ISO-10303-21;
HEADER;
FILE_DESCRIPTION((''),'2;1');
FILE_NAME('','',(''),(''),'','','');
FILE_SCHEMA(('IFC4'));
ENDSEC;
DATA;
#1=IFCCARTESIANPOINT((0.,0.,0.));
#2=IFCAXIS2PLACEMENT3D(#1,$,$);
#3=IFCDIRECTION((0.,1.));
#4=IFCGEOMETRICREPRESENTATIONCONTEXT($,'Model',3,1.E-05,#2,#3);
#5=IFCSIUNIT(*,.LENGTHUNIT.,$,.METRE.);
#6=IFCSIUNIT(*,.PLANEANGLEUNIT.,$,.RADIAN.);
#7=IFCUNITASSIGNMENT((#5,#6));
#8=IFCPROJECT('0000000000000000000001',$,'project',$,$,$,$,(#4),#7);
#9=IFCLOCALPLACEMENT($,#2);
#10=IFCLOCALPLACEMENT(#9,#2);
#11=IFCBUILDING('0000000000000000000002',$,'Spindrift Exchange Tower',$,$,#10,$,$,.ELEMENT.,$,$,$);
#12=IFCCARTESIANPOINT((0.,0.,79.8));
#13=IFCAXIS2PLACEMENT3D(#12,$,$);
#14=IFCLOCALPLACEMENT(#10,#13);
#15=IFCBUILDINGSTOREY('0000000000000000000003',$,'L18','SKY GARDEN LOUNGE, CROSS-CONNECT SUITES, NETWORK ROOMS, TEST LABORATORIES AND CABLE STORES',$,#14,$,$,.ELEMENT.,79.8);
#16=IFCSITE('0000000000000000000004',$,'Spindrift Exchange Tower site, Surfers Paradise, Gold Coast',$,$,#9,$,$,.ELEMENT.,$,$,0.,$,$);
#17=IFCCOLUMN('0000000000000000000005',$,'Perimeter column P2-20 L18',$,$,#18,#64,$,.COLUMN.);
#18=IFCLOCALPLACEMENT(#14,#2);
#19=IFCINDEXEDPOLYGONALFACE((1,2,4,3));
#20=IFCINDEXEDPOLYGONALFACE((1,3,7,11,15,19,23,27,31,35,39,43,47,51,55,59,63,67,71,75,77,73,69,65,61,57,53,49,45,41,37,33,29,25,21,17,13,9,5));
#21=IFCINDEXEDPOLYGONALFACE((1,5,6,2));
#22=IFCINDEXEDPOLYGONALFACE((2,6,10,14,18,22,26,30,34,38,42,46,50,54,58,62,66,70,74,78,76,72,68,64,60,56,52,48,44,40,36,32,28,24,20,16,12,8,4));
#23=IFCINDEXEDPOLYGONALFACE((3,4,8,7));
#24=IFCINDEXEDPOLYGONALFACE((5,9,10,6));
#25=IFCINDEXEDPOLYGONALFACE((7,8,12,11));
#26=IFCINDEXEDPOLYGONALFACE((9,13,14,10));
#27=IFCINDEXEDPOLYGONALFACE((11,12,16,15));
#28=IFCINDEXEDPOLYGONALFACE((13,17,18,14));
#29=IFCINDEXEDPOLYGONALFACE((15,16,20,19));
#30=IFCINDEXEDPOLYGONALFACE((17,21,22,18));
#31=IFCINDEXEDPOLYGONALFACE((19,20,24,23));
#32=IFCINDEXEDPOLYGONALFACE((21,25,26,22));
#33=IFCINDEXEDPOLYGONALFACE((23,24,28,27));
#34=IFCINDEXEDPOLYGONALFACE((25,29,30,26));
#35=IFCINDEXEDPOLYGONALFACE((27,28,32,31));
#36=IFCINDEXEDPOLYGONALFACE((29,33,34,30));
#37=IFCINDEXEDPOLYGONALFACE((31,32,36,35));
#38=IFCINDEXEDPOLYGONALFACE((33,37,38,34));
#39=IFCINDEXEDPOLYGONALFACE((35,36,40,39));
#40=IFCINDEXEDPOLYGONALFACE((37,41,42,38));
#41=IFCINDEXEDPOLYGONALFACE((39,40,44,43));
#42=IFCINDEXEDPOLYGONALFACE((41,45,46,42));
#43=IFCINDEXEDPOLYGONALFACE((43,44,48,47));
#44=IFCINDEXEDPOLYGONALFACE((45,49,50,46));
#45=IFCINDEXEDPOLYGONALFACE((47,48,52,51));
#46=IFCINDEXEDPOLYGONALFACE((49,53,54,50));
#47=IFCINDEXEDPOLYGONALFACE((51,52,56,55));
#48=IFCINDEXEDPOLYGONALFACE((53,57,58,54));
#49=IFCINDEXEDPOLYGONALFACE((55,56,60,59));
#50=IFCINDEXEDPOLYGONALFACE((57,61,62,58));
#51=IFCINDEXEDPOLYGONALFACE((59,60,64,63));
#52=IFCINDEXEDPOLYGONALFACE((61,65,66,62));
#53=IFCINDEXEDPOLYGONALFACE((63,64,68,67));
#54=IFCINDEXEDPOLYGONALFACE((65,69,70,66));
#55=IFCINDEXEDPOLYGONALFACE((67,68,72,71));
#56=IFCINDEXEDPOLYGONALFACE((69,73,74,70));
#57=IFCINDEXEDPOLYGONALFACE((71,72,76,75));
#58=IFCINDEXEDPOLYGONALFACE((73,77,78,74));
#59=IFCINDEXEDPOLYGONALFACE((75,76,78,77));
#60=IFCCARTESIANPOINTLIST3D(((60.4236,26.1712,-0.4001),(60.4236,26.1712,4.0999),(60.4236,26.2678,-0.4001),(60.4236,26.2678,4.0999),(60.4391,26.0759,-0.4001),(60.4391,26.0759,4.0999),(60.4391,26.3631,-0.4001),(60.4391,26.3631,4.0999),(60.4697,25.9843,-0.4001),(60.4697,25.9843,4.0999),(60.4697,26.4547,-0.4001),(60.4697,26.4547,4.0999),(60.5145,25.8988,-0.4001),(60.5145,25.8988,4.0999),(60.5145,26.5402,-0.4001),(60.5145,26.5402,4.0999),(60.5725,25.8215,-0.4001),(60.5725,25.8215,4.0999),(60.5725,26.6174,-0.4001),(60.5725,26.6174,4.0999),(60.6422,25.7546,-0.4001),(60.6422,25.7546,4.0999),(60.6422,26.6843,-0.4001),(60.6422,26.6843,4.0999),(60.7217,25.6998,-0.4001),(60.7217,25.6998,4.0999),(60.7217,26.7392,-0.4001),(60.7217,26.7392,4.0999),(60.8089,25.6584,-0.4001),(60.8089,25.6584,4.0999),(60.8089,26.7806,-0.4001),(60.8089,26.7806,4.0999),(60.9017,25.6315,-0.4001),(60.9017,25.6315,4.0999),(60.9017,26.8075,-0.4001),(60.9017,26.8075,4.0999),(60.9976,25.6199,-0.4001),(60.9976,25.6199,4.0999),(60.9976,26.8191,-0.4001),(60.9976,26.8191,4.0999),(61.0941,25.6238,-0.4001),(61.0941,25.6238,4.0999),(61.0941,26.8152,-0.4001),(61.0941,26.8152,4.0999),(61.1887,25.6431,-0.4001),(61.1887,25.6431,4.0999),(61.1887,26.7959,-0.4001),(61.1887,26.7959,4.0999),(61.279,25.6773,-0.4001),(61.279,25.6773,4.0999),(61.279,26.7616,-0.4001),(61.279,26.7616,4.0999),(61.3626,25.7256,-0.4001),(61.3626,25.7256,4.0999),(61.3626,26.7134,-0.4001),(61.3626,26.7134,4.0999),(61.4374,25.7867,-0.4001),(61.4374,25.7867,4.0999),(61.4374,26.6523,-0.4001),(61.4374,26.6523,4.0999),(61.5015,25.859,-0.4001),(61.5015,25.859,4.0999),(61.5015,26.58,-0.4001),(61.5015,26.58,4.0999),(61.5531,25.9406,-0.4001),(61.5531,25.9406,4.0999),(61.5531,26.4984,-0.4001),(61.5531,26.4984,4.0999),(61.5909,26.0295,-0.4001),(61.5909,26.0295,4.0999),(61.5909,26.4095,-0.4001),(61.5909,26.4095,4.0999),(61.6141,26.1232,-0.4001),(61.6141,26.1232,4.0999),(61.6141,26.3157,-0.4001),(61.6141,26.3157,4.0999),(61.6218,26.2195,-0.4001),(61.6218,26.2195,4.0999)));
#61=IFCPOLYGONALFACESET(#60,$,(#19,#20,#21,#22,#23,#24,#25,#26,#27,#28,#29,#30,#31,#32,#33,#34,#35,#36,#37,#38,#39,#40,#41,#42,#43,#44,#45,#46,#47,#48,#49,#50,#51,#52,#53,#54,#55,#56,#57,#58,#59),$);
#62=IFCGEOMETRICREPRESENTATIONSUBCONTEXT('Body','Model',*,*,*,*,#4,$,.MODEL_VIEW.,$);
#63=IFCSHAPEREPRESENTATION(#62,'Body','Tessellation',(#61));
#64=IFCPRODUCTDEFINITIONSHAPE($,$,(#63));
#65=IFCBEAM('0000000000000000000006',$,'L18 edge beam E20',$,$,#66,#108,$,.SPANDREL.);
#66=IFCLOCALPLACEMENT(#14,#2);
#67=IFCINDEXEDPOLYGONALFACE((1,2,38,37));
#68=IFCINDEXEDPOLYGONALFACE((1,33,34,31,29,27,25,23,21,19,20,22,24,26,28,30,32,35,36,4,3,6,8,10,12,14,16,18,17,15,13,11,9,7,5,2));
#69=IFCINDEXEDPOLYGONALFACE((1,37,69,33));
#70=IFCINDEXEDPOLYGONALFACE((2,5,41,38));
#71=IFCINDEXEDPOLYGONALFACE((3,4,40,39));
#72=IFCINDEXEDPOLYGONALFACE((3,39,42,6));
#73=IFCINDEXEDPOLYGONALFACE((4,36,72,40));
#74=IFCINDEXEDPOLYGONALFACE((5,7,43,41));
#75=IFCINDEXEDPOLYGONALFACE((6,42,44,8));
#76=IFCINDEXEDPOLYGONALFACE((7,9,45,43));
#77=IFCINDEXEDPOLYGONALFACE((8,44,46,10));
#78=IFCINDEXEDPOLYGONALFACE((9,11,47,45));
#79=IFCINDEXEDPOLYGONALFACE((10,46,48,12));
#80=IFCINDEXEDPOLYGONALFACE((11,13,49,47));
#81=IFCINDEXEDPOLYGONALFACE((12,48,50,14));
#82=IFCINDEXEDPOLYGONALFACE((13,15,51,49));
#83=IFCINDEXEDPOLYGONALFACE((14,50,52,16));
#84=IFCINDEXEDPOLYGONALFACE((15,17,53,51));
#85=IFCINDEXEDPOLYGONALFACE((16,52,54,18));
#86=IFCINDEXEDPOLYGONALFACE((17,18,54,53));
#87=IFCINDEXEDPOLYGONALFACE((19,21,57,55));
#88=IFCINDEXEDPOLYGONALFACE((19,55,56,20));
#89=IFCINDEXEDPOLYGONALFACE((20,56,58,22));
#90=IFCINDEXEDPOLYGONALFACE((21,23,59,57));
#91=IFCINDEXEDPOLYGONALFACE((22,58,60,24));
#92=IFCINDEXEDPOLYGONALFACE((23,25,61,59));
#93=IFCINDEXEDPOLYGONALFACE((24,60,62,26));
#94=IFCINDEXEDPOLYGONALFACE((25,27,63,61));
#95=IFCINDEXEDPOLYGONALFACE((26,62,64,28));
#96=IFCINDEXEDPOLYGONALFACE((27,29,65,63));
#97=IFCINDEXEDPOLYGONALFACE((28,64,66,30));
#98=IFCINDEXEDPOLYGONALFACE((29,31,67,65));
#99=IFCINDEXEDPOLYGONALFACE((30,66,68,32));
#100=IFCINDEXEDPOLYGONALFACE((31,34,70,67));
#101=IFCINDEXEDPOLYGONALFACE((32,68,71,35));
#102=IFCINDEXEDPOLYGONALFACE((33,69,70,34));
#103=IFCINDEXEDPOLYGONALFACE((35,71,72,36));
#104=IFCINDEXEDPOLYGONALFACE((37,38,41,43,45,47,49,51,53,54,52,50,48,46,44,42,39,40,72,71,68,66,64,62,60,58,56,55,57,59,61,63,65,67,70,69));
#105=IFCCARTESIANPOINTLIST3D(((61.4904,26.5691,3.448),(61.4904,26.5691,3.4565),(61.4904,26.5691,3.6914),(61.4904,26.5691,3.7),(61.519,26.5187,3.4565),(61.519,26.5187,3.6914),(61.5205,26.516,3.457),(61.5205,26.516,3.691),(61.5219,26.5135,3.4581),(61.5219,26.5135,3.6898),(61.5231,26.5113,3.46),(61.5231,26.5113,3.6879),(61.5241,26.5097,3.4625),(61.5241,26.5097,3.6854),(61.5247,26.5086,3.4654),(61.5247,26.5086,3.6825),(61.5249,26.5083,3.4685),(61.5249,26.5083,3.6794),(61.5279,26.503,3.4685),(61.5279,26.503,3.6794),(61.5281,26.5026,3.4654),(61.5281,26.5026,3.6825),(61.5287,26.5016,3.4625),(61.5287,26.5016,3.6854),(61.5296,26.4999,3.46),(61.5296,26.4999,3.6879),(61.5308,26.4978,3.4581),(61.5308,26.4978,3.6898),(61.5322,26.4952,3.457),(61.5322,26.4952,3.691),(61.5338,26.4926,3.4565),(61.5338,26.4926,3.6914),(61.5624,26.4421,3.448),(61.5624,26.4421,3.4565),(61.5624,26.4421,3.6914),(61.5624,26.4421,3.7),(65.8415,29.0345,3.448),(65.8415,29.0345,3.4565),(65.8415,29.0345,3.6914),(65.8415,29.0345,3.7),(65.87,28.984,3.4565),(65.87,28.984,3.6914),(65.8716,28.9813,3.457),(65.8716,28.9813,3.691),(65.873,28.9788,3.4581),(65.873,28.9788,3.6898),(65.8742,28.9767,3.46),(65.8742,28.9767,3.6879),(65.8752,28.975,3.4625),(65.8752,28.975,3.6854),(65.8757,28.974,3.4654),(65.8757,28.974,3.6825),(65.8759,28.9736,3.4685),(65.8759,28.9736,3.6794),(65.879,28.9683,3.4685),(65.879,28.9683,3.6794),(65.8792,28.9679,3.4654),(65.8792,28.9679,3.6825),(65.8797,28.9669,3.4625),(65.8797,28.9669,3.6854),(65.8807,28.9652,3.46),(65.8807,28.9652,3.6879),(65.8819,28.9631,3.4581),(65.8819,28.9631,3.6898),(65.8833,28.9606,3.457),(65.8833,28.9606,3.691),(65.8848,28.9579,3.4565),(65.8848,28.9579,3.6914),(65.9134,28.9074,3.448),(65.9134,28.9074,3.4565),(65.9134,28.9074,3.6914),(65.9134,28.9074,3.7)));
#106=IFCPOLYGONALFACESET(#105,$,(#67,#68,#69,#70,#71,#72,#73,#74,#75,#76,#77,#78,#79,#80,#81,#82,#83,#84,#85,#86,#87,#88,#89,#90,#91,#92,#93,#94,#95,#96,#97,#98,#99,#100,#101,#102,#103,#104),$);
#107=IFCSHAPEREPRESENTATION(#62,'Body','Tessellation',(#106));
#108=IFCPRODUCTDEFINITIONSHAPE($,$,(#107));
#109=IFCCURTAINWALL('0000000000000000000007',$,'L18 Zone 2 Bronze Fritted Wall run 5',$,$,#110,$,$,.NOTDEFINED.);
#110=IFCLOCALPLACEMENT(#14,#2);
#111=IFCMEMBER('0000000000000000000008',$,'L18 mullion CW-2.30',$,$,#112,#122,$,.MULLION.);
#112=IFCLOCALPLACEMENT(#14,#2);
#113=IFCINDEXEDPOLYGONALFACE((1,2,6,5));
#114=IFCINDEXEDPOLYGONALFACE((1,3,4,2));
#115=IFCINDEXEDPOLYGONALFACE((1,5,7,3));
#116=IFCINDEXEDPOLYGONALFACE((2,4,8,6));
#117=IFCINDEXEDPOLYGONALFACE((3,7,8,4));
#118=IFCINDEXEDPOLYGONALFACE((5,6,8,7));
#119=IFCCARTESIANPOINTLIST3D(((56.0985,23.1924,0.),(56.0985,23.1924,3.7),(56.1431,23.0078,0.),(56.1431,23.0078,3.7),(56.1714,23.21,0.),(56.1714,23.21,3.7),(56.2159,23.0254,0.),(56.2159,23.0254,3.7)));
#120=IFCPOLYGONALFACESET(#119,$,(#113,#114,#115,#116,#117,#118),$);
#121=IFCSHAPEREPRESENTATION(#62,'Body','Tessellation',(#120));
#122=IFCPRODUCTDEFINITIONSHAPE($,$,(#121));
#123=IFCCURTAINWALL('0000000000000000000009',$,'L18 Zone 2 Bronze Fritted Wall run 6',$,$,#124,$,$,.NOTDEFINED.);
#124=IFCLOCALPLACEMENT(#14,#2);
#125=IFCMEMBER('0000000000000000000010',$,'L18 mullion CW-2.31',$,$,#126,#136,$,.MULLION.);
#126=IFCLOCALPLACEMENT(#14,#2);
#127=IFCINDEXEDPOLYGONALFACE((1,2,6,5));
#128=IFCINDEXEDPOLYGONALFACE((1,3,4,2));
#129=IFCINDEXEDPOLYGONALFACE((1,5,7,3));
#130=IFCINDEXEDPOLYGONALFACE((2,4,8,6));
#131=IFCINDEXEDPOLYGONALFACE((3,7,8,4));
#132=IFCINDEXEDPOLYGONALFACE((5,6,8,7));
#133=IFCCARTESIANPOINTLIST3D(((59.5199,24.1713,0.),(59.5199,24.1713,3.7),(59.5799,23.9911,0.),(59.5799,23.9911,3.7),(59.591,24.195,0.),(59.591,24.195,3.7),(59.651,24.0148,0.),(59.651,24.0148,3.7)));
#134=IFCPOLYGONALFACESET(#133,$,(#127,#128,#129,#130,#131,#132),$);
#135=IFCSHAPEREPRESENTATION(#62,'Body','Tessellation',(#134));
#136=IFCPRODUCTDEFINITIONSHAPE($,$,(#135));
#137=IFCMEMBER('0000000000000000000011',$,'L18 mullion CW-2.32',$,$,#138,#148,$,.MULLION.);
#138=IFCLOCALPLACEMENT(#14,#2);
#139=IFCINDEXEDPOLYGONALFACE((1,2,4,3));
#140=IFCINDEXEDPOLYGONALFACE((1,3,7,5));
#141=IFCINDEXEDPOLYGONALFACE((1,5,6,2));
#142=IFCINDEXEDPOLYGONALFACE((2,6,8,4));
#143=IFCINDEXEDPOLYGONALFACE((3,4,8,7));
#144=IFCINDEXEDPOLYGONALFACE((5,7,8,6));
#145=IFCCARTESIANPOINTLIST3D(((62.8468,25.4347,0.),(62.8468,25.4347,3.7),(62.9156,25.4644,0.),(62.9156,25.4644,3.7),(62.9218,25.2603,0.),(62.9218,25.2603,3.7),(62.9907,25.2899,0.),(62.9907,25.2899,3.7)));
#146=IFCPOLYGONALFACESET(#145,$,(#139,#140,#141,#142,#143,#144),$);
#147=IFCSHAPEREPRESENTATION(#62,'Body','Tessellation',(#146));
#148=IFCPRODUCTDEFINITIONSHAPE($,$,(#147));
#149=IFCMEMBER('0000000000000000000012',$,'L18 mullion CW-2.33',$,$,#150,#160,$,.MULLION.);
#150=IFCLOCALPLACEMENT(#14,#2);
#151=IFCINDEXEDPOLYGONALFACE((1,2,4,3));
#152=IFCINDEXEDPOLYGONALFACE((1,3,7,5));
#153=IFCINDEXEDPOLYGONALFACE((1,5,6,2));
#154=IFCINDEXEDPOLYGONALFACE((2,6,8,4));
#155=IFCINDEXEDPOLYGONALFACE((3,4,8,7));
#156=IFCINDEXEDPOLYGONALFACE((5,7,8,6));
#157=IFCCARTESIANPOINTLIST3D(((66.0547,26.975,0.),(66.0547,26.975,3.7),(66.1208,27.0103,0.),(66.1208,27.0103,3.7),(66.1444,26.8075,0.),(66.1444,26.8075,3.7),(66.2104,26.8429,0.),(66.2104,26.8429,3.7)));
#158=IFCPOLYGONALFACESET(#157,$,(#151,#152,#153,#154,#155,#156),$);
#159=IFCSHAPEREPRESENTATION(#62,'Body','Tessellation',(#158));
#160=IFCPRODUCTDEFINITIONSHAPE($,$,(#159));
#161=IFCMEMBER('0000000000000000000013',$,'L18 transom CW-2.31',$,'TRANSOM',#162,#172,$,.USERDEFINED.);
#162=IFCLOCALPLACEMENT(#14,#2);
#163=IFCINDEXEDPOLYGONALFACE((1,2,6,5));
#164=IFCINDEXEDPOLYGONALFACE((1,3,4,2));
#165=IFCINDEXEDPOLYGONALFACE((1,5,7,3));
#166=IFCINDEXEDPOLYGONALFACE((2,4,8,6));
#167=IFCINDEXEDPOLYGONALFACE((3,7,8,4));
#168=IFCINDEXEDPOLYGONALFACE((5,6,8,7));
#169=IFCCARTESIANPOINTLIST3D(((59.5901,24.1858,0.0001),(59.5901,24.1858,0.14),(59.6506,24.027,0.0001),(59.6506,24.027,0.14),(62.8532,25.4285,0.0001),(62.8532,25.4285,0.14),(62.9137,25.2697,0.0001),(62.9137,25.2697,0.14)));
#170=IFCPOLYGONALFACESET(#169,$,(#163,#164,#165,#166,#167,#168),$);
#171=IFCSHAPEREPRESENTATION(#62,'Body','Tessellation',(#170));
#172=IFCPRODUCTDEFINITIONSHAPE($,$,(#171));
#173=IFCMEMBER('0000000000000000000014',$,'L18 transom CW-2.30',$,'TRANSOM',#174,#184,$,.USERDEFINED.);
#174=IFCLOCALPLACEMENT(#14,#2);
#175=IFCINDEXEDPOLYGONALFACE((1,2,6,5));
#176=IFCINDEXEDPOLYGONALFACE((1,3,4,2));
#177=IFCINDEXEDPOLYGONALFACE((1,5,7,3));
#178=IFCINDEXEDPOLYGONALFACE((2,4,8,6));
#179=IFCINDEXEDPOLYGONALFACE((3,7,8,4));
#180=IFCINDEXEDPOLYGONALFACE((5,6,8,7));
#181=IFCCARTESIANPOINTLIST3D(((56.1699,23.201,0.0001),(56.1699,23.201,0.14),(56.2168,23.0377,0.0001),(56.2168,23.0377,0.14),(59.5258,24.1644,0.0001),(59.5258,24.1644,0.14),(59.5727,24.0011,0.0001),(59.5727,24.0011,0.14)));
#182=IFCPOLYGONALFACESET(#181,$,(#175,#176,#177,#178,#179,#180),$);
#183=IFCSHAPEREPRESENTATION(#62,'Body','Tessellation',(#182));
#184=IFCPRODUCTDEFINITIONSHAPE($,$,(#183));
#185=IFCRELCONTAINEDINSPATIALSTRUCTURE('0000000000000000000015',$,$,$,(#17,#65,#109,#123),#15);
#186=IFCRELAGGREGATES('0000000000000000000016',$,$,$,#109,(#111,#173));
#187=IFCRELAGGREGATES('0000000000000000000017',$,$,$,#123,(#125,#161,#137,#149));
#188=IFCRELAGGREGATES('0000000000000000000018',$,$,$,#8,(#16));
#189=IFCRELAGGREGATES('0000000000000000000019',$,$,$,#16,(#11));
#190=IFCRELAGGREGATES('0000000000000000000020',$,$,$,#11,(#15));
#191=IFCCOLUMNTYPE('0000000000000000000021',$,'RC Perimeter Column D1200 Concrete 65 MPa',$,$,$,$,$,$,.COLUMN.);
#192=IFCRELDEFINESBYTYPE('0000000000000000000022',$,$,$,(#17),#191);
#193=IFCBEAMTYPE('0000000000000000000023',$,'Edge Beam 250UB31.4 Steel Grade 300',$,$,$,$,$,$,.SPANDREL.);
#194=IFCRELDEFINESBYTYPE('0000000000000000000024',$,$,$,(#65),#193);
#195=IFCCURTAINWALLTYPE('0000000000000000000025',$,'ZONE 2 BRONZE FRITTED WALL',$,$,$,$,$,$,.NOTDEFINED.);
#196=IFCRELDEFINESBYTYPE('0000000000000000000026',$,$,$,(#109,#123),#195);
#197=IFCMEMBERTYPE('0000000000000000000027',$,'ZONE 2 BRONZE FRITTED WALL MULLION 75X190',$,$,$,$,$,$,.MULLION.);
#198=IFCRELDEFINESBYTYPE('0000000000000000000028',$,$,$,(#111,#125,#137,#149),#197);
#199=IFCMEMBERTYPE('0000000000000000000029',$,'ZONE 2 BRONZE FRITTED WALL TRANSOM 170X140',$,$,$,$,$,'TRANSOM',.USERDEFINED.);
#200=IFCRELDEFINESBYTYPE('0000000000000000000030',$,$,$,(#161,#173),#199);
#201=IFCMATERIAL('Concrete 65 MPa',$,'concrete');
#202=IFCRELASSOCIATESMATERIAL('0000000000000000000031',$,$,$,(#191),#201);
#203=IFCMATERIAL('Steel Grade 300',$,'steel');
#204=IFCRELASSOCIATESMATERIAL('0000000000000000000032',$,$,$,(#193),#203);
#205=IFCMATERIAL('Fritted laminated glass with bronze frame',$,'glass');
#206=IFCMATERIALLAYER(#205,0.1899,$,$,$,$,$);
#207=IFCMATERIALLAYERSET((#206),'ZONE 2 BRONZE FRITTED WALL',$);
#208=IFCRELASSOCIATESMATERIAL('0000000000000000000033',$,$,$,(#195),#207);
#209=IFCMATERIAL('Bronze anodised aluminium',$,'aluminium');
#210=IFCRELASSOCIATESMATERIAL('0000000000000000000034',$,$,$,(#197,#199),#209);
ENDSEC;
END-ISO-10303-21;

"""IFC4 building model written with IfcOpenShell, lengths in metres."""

from ifc_helpers import new_model, si_unit, direction, frame, origin, origin_2d, place, context, subcontext, project, spatial, rectangle, circle, i_section, extrude, source, transform, mapped, material, layer, layer_set, material_profile, profile_set, type_object, element, aggregate, save


model = new_model("IFC4")

# Units and contexts
model_context = context("Model", 3, precision=1e-05, world=origin(), true_north=direction((0.0, 1.0)))
body_context = subcontext(model_context, "Body", "Model", "MODEL_VIEW")
ifc_project = project(units=[si_unit("LENGTHUNIT", "METRE"), si_unit("PLANEANGLEUNIT", "RADIAN")], contexts=[model_context])

# Site, building, storey
site_placement = place(None, origin())
site = spatial("IfcSite", under=ifc_project, at=site_placement, Name="Spindrift Exchange Tower site, Surfers Paradise, Gold Coast", CompositionType="ELEMENT", RefElevation=0.0)
building_placement = place(site_placement, origin())
building = spatial("IfcBuilding", under=site, at=building_placement, Name="Spindrift Exchange Tower", CompositionType="ELEMENT")
storey_placement = place(building_placement, frame((0.0, 0.0, 79.8)))
storey = spatial("IfcBuildingStorey", under=building, at=storey_placement, Name="L18", Description="SKY GARDEN LOUNGE, CROSS-CONNECT SUITES, NETWORK ROOMS, TEST LABORATORIES AND CABLE STORES", CompositionType="ELEMENT", Elevation=79.8)

# Column
ifc_material_1 = material(Name="Concrete 65 MPa", Category="concrete")
ifc_material_profile_1 = material_profile(ifc_material_1, circle(Radius=0.6001, at=origin_2d()), Name="RC D1200")
ifc_profile_set_1 = profile_set([ifc_material_profile_1], Name="Concrete 65 MPa")
column_type = type_object("IfcColumnType", Name="RC Perimeter Column D1200 Concrete 65 MPa", PredefinedType="COLUMN", material=ifc_profile_set_1)
shared_shape_1 = source(origin(), body_context, "Body", "SweptSolid", [
    extrude(circle(Radius=0.6001, at=origin_2d()), origin(), (0.0, 0.0, 1.0), 4.5),
])
column_placement = place(storey_placement, frame((61.0217, 26.2195, -0.4001), z_axis=(0.0, 0.0, 1.0), x_axis=(1.0, 0.0, 0.0)))
element("IfcColumn", 1, at=column_placement, inside=storey, type_object=column_type, Name="Perimeter column P2-20 L18", PredefinedType="COLUMN", context=body_context, shape_type="MappedRepresentation", body=[
    mapped(shared_shape_1, transform((0.0, 0.0, 0.0), scale=1.0)),
])

# Beam
ifc_material_2 = material(Name="Steel Grade 300", Category="steel")
ifc_material_profile_2 = material_profile(ifc_material_2, i_section(OverallWidth=0.146, OverallDepth=0.252, WebThickness=0.0061, FlangeThickness=0.0085, FilletRadius=0.012, at=origin_2d()), Name="250UB31.4")
ifc_profile_set_2 = profile_set([ifc_material_profile_2], Name="Steel Grade 300")
beam_type = type_object("IfcBeamType", Name="Edge Beam 250UB31.4 Steel Grade 300", PredefinedType="SPANDREL", material=ifc_profile_set_2)
shared_shape_2 = source(origin(), body_context, "Body", "SweptSolid", [
    extrude(i_section(OverallWidth=0.146, OverallDepth=0.252, WebThickness=0.0061, FlangeThickness=0.0085, FilletRadius=0.012, at=origin_2d()), origin(), (0.0, 0.0, 1.0), 5.001),
])
beam_placement = place(storey_placement, frame((61.5264, 26.5056, 3.574), z_axis=(0.870046, 0.492971, 0.0), x_axis=(-0.492971, 0.870046, 0.0)))
element("IfcBeam", 2, at=beam_placement, inside=storey, type_object=beam_type, Name="L18 edge beam E20", PredefinedType="SPANDREL", context=body_context, shape_type="MappedRepresentation", body=[
    mapped(shared_shape_2, transform((0.0, 0.0, 0.0), scale=1.0)),
])

# Curtain wall, member
ifc_material_3 = material(Name="Fritted laminated glass with bronze frame", Category="glass")
ifc_layer_1 = layer(ifc_material_3, 0.1899)
ifc_layer_set_1 = layer_set([ifc_layer_1], Name="ZONE 2 BRONZE FRITTED WALL")
curtain_wall_type = type_object("IfcCurtainWallType", Name="ZONE 2 BRONZE FRITTED WALL", PredefinedType="NOTDEFINED", material=ifc_layer_set_1)
curtain_wall_1_placement = place(storey_placement, origin())
curtain_wall_1 = element("IfcCurtainWall", 3, at=curtain_wall_1_placement, inside=storey, type_object=curtain_wall_type, Name="L18 Zone 2 Bronze Fritted Wall run 5", PredefinedType="NOTDEFINED")
ifc_material_4 = material(Name="Bronze anodised aluminium", Category="aluminium")
ifc_material_profile_3 = material_profile(ifc_material_4, rectangle(XDim=0.075, YDim=0.1899, at=origin_2d()), Name="ZONE 2 BRONZE FRITTED WALL MULLION 75X190")
ifc_profile_set_3 = profile_set([ifc_material_profile_3], Name="Bronze anodised aluminium")
member_type_1 = type_object("IfcMemberType", Name="ZONE 2 BRONZE FRITTED WALL MULLION 75X190", PredefinedType="MULLION", material=ifc_profile_set_3)
shared_shape_3 = source(origin(), body_context, "Body", "SweptSolid", [
    extrude(rectangle(XDim=0.075, YDim=0.1899, at=origin_2d()), origin(), (0.0, 0.0, 1.0), 3.7),
])
member_1_placement = place(storey_placement, frame((56.1572, 23.1089, 0.0), z_axis=(0.0, 0.0, 1.0), x_axis=(0.972067, 0.234703, 0.0)))
member_1 = element("IfcMember", 4, at=member_1_placement, type_object=member_type_1, Name="L18 mullion CW-2.30", PredefinedType="MULLION", context=body_context, shape_type="MappedRepresentation", body=[
    mapped(shared_shape_3, transform((0.0, 0.0, 0.0), scale=1.0)),
])

# Curtain wall, members
curtain_wall_2_placement = place(storey_placement, origin())
curtain_wall_2 = element("IfcCurtainWall", 5, at=curtain_wall_2_placement, inside=storey, type_object=curtain_wall_type, Name="L18 Zone 2 Bronze Fritted Wall run 6", PredefinedType="NOTDEFINED")
member_2_placement = place(storey_placement, frame((59.5854, 24.093, 0.0), z_axis=(0.0, 0.0, 1.0), x_axis=(0.9487, 0.316177, 0.0)))
member_2 = element("IfcMember", 6, at=member_2_placement, type_object=member_type_1, Name="L18 mullion CW-2.31", PredefinedType="MULLION", context=body_context, shape_type="MappedRepresentation", body=[
    mapped(shared_shape_3, transform((0.0, 0.0, 0.0), scale=1.0)),
])
member_3_placement = place(storey_placement, frame((62.9187, 25.3623, 0.0), z_axis=(0.0, 0.0, 1.0), x_axis=(0.918636, 0.395105, 0.0)))
member_3 = element("IfcMember", 7, at=member_3_placement, type_object=member_type_1, Name="L18 mullion CW-2.32", PredefinedType="MULLION", context=body_context, shape_type="MappedRepresentation", body=[
    mapped(shared_shape_3, transform((0.0, 0.0, 0.0), scale=1.0)),
])
member_4_placement = place(storey_placement, frame((66.1326, 26.9089, 0.0), z_axis=(0.0, 0.0, 1.0), x_axis=(0.881566, 0.472061, 0.0)))
member_4 = element("IfcMember", 8, at=member_4_placement, type_object=member_type_1, Name="L18 mullion CW-2.33", PredefinedType="MULLION", context=body_context, shape_type="MappedRepresentation", body=[
    mapped(shared_shape_3, transform((0.0, 0.0, 0.0), scale=1.0)),
])
ifc_material_profile_4 = material_profile(ifc_material_4, rectangle(XDim=0.1699, YDim=0.1399, at=origin_2d()), Name="ZONE 2 BRONZE FRITTED WALL TRANSOM 170X140")
ifc_profile_set_4 = profile_set([ifc_material_profile_4], Name="Bronze anodised aluminium")
member_type_2 = type_object("IfcMemberType", Name="ZONE 2 BRONZE FRITTED WALL TRANSOM 170X140", ElementType="TRANSOM", PredefinedType="USERDEFINED", material=ifc_profile_set_4)
shared_shape_4 = source(origin(), body_context, "Body", "SweptSolid", [
    extrude(rectangle(XDim=0.1699, YDim=0.1399, at=origin_2d()), origin(), (0.0, 0.0, 1.0), 3.4917),
])
member_5_placement = place(storey_placement, frame((59.6204, 24.1064, 0.0701), z_axis=(0.93453, 0.355885, 0.0), x_axis=(-0.355885, 0.93453, 0.0)))
member_5 = element("IfcMember", 9, at=member_5_placement, type_object=member_type_2, Name="L18 transom CW-2.31", ObjectType="TRANSOM", PredefinedType="USERDEFINED", context=body_context, shape_type="MappedRepresentation", body=[
    mapped(shared_shape_4, transform((0.0, 0.0, 0.0), scale=1.0)),
])

# Member
shared_shape_5 = source(origin(), body_context, "Body", "SweptSolid", [
    extrude(rectangle(XDim=0.1699, YDim=0.1399, at=origin_2d()), origin(), (0.0, 0.0, 1.0), 3.4915),
])
member_6_placement = place(storey_placement, frame((56.1934, 23.1194, 0.0701), z_axis=(0.96118, 0.275922, 0.0), x_axis=(-0.275922, 0.96118, 0.0)))
member_6 = element("IfcMember", 10, at=member_6_placement, type_object=member_type_2, Name="L18 transom CW-2.30", ObjectType="TRANSOM", PredefinedType="USERDEFINED", context=body_context, shape_type="MappedRepresentation", body=[
    mapped(shared_shape_5, transform((0.0, 0.0, 0.0), scale=1.0)),
])

aggregate(curtain_wall_1, [member_1, member_6])
aggregate(curtain_wall_2, [member_2, member_5, member_3, member_4])

save(model, "model.ifc")
